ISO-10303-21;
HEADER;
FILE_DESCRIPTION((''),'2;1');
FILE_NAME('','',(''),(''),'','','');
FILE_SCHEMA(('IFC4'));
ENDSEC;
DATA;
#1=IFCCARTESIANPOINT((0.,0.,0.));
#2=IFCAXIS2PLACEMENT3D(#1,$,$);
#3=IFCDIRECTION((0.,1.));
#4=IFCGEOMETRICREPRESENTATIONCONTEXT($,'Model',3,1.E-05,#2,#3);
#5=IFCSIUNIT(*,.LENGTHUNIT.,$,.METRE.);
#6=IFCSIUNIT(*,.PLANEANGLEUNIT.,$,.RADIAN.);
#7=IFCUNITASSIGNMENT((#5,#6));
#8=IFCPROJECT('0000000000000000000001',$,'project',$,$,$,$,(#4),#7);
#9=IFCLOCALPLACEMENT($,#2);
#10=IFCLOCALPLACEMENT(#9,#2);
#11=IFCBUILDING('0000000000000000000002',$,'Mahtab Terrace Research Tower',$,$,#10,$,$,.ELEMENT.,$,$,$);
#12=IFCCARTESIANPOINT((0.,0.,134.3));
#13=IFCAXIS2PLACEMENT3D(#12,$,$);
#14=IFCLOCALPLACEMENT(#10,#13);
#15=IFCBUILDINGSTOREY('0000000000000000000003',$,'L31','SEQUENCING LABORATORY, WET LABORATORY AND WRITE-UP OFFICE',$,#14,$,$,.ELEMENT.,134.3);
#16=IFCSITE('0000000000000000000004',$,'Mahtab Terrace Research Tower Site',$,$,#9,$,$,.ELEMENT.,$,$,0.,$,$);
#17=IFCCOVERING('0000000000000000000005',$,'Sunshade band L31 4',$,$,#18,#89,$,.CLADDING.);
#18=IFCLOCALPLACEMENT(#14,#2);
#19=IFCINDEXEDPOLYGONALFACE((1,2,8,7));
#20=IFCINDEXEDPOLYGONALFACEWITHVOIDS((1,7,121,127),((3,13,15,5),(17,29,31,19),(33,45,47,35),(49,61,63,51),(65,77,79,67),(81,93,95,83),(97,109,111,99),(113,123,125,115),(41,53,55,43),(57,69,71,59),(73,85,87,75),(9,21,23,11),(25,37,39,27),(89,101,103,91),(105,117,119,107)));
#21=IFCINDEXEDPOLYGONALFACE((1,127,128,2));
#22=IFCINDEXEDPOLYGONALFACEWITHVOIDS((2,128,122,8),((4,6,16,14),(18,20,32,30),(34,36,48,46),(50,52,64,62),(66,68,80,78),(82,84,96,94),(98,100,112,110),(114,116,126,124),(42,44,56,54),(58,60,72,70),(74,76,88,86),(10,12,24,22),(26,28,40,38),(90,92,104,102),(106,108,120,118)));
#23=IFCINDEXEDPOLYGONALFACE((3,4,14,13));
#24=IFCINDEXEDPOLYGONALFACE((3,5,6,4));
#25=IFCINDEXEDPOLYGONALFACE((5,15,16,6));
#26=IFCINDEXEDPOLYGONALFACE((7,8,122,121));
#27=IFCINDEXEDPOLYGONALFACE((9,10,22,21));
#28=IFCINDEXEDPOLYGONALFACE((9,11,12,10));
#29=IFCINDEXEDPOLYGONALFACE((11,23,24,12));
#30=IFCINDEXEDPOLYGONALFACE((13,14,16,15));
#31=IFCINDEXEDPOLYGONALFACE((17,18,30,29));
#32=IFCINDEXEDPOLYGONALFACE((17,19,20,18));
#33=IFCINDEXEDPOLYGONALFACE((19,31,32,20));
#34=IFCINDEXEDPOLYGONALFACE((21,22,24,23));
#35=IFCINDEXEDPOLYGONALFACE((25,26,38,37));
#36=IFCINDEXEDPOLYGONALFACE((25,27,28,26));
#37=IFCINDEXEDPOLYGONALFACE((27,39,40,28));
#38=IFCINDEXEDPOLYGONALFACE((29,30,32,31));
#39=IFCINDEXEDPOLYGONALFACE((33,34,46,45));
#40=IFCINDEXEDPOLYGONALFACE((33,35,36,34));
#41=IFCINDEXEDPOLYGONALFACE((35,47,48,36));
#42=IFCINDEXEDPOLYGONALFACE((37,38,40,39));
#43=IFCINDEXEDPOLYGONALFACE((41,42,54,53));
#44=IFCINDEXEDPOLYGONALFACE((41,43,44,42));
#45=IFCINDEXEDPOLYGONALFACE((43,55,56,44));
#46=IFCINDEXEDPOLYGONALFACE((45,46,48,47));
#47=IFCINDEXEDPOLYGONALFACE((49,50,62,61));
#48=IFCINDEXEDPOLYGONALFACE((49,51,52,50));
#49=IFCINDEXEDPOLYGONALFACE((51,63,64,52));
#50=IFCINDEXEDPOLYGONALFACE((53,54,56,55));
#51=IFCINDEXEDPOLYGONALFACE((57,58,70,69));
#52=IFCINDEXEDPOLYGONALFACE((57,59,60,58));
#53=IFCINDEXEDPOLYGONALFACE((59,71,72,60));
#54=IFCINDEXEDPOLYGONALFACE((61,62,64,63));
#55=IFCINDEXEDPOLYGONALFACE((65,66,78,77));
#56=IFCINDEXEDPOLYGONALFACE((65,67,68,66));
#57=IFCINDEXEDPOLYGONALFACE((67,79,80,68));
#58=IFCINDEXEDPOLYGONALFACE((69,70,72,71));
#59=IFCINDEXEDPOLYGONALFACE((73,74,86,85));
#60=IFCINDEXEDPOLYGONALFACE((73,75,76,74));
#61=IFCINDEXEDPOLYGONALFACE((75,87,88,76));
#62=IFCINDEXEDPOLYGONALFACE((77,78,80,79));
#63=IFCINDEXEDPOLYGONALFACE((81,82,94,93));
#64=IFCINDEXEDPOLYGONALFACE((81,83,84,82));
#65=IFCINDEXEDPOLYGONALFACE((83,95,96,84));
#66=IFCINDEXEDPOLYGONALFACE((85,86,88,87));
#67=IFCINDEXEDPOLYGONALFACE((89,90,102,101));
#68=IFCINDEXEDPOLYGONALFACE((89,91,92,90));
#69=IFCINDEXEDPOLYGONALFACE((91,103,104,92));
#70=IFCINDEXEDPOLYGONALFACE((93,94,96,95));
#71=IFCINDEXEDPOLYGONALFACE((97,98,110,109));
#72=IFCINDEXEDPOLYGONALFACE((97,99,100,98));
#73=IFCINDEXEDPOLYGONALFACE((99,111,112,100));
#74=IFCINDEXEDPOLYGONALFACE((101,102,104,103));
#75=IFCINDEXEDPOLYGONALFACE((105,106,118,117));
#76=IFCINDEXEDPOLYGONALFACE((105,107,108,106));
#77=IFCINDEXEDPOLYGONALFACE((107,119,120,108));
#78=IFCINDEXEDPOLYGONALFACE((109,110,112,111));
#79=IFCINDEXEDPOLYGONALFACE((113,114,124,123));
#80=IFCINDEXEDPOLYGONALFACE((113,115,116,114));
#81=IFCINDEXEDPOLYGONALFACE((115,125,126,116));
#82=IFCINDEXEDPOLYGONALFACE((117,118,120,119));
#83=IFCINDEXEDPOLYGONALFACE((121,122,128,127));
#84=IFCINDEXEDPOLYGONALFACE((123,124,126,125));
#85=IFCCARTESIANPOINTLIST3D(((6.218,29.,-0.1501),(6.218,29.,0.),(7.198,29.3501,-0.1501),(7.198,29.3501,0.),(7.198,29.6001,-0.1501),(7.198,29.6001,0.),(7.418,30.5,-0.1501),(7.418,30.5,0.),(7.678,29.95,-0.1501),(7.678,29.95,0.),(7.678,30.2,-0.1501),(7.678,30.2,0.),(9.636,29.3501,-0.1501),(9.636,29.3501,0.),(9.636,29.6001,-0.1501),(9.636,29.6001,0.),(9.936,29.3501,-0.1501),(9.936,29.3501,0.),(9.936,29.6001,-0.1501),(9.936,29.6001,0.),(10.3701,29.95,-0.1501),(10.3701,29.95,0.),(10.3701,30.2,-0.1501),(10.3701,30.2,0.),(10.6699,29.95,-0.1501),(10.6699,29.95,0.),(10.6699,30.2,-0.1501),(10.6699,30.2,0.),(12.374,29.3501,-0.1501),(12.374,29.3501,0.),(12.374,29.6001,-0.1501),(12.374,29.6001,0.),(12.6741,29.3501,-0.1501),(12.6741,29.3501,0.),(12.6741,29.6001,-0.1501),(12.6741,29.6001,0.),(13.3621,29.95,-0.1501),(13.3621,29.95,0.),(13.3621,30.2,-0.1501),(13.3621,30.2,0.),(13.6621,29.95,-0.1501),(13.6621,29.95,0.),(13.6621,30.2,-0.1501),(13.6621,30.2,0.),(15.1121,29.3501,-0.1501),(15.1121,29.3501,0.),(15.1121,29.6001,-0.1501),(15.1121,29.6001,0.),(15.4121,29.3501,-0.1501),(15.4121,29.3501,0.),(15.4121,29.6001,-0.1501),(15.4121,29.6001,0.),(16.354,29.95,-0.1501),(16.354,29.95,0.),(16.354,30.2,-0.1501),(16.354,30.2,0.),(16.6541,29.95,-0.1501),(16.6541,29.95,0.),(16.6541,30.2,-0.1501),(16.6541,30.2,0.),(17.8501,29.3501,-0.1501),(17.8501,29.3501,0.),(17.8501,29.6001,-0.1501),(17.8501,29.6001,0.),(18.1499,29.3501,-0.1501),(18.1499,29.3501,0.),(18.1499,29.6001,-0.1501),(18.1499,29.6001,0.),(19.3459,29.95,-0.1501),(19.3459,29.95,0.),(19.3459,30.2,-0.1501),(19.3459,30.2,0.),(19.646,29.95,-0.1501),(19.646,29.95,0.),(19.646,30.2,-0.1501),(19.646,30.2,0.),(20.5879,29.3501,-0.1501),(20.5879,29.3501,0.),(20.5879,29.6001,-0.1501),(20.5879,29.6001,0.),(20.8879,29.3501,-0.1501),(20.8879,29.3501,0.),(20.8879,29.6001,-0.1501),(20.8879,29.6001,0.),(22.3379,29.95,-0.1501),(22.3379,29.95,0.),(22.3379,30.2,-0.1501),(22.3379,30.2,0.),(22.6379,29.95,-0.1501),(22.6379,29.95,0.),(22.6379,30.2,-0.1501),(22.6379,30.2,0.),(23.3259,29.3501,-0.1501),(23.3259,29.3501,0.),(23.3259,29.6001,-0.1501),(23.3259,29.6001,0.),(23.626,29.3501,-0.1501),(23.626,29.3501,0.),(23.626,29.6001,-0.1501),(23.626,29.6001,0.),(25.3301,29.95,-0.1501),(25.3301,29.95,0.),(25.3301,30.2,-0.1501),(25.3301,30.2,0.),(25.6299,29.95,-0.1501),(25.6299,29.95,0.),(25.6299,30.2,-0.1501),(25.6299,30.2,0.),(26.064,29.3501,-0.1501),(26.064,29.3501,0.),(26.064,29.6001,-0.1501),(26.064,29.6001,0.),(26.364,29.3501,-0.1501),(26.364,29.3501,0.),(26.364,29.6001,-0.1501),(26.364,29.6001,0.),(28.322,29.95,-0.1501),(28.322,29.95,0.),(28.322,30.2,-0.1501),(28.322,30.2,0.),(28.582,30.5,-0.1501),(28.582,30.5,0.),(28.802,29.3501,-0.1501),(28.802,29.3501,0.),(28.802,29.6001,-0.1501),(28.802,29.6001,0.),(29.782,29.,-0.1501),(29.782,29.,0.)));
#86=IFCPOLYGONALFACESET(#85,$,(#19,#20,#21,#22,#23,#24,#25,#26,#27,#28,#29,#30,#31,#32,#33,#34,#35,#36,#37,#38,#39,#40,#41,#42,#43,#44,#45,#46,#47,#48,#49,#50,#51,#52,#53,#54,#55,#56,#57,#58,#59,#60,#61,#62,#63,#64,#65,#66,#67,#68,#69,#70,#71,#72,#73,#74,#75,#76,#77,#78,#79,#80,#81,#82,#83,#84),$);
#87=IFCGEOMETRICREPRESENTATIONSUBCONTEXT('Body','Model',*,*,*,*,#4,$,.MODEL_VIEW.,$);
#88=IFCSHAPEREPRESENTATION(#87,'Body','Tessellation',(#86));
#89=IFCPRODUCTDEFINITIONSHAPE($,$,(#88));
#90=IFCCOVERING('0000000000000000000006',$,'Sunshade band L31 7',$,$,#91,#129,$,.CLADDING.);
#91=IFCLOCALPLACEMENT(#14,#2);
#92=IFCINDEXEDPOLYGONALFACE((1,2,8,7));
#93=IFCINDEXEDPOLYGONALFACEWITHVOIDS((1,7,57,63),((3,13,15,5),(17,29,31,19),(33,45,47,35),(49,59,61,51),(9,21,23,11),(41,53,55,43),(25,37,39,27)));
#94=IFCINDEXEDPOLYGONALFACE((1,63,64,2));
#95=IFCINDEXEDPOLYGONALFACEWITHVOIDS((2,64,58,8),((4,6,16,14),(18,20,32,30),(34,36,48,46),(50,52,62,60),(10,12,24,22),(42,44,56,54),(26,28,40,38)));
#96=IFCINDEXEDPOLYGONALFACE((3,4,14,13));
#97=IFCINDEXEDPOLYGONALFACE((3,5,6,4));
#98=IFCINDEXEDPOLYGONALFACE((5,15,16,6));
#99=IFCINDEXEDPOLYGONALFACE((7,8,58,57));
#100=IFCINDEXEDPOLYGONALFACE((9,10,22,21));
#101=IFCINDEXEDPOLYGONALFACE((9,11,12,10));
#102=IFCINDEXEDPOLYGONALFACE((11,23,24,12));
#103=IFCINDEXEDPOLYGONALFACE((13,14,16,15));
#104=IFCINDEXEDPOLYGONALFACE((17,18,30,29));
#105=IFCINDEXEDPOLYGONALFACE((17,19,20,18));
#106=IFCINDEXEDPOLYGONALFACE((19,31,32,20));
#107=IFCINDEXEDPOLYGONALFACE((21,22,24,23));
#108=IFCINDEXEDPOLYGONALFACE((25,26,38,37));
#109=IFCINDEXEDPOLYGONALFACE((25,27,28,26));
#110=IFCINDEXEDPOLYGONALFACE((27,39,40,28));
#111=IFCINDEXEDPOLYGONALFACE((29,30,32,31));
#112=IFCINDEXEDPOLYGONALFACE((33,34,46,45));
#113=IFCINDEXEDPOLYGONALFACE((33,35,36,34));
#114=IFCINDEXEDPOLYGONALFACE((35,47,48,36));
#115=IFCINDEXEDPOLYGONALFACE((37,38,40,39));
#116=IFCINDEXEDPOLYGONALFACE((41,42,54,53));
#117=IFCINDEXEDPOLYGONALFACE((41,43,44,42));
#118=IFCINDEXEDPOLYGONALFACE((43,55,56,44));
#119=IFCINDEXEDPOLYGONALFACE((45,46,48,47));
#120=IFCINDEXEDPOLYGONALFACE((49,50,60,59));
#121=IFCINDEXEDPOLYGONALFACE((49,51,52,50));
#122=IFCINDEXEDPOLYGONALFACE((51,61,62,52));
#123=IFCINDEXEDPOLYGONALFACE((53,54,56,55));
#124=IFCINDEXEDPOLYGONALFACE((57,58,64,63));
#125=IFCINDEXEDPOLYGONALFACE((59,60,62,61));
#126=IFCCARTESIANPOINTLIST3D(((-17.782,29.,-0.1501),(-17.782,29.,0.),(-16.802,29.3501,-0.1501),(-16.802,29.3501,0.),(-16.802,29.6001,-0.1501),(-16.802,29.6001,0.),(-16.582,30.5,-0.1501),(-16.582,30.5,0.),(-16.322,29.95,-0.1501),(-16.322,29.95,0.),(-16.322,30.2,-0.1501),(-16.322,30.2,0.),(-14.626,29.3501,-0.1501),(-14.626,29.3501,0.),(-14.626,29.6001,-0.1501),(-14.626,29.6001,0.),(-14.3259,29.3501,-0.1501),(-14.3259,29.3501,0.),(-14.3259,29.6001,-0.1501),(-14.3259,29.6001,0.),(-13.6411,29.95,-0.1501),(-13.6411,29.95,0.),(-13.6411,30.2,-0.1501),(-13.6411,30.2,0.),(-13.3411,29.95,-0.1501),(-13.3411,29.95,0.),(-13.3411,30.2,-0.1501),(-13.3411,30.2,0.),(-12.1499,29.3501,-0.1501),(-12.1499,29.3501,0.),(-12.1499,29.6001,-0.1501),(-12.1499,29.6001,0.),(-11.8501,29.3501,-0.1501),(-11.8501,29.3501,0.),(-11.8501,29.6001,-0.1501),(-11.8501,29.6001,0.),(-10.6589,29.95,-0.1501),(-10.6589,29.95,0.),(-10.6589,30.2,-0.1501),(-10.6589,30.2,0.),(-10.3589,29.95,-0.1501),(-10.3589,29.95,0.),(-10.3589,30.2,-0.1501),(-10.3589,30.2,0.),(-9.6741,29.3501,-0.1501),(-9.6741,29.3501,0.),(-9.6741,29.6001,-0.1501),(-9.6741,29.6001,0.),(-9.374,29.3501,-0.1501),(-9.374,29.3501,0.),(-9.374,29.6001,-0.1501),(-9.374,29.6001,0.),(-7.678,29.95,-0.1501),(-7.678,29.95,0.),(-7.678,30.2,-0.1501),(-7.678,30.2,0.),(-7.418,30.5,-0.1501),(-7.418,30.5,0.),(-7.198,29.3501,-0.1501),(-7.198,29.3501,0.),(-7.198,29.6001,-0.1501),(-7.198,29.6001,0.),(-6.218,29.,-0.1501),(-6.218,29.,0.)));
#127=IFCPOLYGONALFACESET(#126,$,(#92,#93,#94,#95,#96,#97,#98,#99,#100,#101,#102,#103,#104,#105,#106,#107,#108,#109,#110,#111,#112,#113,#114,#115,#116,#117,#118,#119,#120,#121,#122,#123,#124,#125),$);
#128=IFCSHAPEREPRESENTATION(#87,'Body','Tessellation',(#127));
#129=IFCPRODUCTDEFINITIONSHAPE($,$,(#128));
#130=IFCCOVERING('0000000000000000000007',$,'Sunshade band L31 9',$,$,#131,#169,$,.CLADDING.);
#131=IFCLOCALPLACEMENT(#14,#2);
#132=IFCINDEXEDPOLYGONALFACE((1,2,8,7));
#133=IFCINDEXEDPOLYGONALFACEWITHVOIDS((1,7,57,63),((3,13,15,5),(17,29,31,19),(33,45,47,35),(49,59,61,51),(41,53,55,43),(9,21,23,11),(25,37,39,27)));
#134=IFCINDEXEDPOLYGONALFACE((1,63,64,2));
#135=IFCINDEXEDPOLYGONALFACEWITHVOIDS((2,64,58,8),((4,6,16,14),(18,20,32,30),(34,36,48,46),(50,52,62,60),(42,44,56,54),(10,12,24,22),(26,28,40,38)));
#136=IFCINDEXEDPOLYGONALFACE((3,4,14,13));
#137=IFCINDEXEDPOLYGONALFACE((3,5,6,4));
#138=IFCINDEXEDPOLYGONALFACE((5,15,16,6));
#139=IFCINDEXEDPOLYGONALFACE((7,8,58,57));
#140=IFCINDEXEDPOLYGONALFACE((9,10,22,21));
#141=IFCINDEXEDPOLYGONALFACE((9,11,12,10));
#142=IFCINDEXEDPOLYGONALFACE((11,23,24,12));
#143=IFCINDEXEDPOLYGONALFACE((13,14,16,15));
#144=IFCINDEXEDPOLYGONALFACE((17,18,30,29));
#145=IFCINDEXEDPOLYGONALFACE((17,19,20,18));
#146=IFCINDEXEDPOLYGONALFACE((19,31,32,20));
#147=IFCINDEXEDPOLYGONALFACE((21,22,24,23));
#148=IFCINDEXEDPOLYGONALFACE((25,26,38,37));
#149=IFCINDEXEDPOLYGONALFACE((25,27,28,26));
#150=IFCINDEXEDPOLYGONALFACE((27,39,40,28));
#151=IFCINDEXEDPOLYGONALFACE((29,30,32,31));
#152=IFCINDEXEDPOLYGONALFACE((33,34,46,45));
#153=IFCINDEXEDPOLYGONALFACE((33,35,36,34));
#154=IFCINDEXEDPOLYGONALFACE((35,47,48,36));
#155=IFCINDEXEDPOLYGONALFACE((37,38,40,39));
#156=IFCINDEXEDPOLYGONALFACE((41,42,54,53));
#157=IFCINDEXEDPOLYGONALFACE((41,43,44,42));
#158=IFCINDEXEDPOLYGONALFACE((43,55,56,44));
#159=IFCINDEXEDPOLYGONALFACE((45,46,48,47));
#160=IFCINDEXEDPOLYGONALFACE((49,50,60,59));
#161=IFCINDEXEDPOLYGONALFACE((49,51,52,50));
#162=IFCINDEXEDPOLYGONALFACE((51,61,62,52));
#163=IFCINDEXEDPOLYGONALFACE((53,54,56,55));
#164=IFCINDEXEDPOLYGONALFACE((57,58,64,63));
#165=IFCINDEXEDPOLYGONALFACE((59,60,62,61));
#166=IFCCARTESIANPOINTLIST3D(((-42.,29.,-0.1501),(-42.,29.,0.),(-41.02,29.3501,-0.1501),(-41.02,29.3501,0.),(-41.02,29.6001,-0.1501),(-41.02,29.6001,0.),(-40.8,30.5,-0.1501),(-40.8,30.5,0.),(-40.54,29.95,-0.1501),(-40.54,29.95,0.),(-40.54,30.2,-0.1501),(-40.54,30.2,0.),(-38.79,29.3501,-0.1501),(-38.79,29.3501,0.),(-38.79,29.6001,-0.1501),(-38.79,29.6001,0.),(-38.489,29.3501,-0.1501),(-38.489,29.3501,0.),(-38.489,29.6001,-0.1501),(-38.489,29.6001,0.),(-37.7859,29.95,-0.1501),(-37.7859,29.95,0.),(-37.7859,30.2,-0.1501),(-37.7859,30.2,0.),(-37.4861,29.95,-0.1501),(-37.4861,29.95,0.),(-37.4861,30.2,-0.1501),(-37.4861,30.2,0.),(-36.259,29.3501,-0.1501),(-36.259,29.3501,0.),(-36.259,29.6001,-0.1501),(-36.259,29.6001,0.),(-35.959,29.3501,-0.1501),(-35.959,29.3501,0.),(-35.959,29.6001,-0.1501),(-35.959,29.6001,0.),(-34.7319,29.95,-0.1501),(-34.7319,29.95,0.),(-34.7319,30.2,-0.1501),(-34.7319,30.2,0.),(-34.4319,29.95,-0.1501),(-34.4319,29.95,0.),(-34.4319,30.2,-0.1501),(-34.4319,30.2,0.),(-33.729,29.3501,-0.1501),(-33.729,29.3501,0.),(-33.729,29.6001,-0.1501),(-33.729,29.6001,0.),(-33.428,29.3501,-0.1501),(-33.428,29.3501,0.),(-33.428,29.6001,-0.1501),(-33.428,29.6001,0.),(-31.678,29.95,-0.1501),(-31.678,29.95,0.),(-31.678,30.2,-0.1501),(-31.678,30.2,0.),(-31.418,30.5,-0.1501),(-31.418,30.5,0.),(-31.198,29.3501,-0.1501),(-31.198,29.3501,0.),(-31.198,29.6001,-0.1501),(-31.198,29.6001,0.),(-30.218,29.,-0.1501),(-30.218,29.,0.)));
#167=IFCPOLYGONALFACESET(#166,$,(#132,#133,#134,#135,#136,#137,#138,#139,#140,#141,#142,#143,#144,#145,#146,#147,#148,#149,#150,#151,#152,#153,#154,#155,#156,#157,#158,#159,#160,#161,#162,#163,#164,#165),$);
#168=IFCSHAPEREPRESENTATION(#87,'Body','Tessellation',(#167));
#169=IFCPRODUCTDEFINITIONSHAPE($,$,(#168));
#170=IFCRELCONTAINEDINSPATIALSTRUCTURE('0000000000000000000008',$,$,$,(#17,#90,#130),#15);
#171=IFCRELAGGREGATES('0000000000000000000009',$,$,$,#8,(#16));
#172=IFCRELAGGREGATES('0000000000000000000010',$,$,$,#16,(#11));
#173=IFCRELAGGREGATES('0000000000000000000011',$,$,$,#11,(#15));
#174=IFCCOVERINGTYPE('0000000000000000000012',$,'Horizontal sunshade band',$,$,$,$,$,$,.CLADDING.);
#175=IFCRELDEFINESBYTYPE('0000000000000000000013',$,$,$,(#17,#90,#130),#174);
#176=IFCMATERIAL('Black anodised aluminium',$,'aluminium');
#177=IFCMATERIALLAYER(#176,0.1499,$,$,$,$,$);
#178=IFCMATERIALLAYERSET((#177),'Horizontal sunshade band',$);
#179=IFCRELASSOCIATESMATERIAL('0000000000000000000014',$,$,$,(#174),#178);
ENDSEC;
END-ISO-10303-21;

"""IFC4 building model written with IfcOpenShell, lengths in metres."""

from ifc_helpers import new_model, si_unit, direction, frame, origin, place, context, subcontext, project, spatial, polyline, outline, extrude, material, layer, layer_set, type_object, element, save


model = new_model("IFC4")

# Units and contexts
model_context = context("Model", 3, precision=1e-05, world=origin(), true_north=direction((0.0, 1.0)))
body_context = subcontext(model_context, "Body", "Model", "MODEL_VIEW")
ifc_project = project(units=[si_unit("LENGTHUNIT", "METRE"), si_unit("PLANEANGLEUNIT", "RADIAN")], contexts=[model_context])

# Site, building, storey
site_placement = place(None, origin())
site = spatial("IfcSite", under=ifc_project, at=site_placement, Name="Mahtab Terrace Research Tower Site", CompositionType="ELEMENT", RefElevation=0.0)
building_placement = place(site_placement, origin())
building = spatial("IfcBuilding", under=site, at=building_placement, Name="Mahtab Terrace Research Tower", CompositionType="ELEMENT")
storey_placement = place(building_placement, frame((0.0, 0.0, 134.3)))
storey = spatial("IfcBuildingStorey", under=building, at=storey_placement, Name="L31", Description="SEQUENCING LABORATORY, WET LABORATORY AND WRITE-UP OFFICE", CompositionType="ELEMENT", Elevation=134.3)

# Coverings
ifc_material_1 = material(Name="Black anodised aluminium", Category="aluminium")
ifc_layer_1 = layer(ifc_material_1, 0.1499)
ifc_layer_set_1 = layer_set([ifc_layer_1], Name="Horizontal sunshade band")
covering_type = type_object("IfcCoveringType", Name="Horizontal sunshade band", PredefinedType="CLADDING", material=ifc_layer_set_1)
covering_1_placement = place(storey_placement, frame((0.0, 0.0, -0.1501)))
element("IfcCovering", 1, at=covering_1_placement, inside=storey, type_object=covering_type, Name="Sunshade band L31 4", PredefinedType="CLADDING", context=body_context, shape_type="SweptSolid", body=[
    extrude(outline(polyline([(29.782, 29.0), (6.218, 29.0), (7.418, 30.5), (28.582, 30.5), (29.782, 29.0)]), holes=[polyline([(28.802, 29.3501), (26.364, 29.3501), (26.364, 29.6001), (28.802, 29.6001), (28.802, 29.3501)]), polyline([(26.064, 29.3501), (23.626, 29.3501), (23.626, 29.6001), (26.064, 29.6001), (26.064, 29.3501)]), polyline([(23.3259, 29.3501), (20.8879, 29.3501), (20.8879, 29.6001), (23.3259, 29.6001), (23.3259, 29.3501)]), polyline([(20.5879, 29.3501), (18.1499, 29.3501), (18.1499, 29.6001), (20.5879, 29.6001), (20.5879, 29.3501)]), polyline([(17.8501, 29.3501), (15.4121, 29.3501), (15.4121, 29.6001), (17.8501, 29.6001), (17.8501, 29.3501)]), polyline([(15.1121, 29.3501), (12.6741, 29.3501), (12.6741, 29.6001), (15.1121, 29.6001), (15.1121, 29.3501)]), polyline([(12.374, 29.3501), (9.936, 29.3501), (9.936, 29.6001), (12.374, 29.6001), (12.374, 29.3501)]), polyline([(9.636, 29.3501), (7.198, 29.3501), (7.198, 29.6001), (9.636, 29.6001), (9.636, 29.3501)]), polyline([(28.322, 29.95), (25.6299, 29.95), (25.6299, 30.2), (28.322, 30.2), (28.322, 29.95)]), polyline([(25.3301, 29.95), (22.6379, 29.95), (22.6379, 30.2), (25.3301, 30.2), (25.3301, 29.95)]), polyline([(22.3379, 29.95), (19.646, 29.95), (19.646, 30.2), (22.3379, 30.2), (22.3379, 29.95)]), polyline([(19.3459, 29.95), (16.6541, 29.95), (16.6541, 30.2), (19.3459, 30.2), (19.3459, 29.95)]), polyline([(16.354, 29.95), (13.6621, 29.95), (13.6621, 30.2), (16.354, 30.2), (16.354, 29.95)]), polyline([(13.3621, 29.95), (10.6699, 29.95), (10.6699, 30.2), (13.3621, 30.2), (13.3621, 29.95)]), polyline([(10.3701, 29.95), (7.678, 29.95), (7.678, 30.2), (10.3701, 30.2), (10.3701, 29.95)])]), origin(), (0.0, 0.0, 1.0), 0.1501),
])
covering_2_placement = place(storey_placement, frame((0.0, 0.0, -0.1501)))
element("IfcCovering", 2, at=covering_2_placement, inside=storey, type_object=covering_type, Name="Sunshade band L31 7", PredefinedType="CLADDING", context=body_context, shape_type="SweptSolid", body=[
    extrude(outline(polyline([(-6.218, 29.0), (-17.782, 29.0), (-16.582, 30.5), (-7.418, 30.5), (-6.218, 29.0)]), holes=[polyline([(-7.198, 29.3501), (-9.374, 29.3501), (-9.374, 29.6001), (-7.198, 29.6001), (-7.198, 29.3501)]), polyline([(-9.6741, 29.3501), (-11.8501, 29.3501), (-11.8501, 29.6001), (-9.6741, 29.6001), (-9.6741, 29.3501)]), polyline([(-12.1499, 29.3501), (-14.3259, 29.3501), (-14.3259, 29.6001), (-12.1499, 29.6001), (-12.1499, 29.3501)]), polyline([(-14.626, 29.3501), (-16.802, 29.3501), (-16.802, 29.6001), (-14.626, 29.6001), (-14.626, 29.3501)]), polyline([(-7.678, 29.95), (-10.3589, 29.95), (-10.3589, 30.2), (-7.678, 30.2), (-7.678, 29.95)]), polyline([(-10.6589, 29.95), (-13.3411, 29.95), (-13.3411, 30.2), (-10.6589, 30.2), (-10.6589, 29.95)]), polyline([(-13.6411, 29.95), (-16.322, 29.95), (-16.322, 30.2), (-13.6411, 30.2), (-13.6411, 29.95)])]), origin(), (0.0, 0.0, 1.0), 0.1501),
])
covering_3_placement = place(storey_placement, frame((0.0, 0.0, -0.1501)))
element("IfcCovering", 3, at=covering_3_placement, inside=storey, type_object=covering_type, Name="Sunshade band L31 9", PredefinedType="CLADDING", context=body_context, shape_type="SweptSolid", body=[
    extrude(outline(polyline([(-30.218, 29.0), (-42.0, 29.0), (-40.8, 30.5), (-31.418, 30.5), (-30.218, 29.0)]), holes=[polyline([(-31.198, 29.3501), (-33.428, 29.3501), (-33.428, 29.6001), (-31.198, 29.6001), (-31.198, 29.3501)]), polyline([(-33.729, 29.3501), (-35.959, 29.3501), (-35.959, 29.6001), (-33.729, 29.6001), (-33.729, 29.3501)]), polyline([(-36.259, 29.3501), (-38.489, 29.3501), (-38.489, 29.6001), (-36.259, 29.6001), (-36.259, 29.3501)]), polyline([(-38.79, 29.3501), (-41.02, 29.3501), (-41.02, 29.6001), (-38.79, 29.6001), (-38.79, 29.3501)]), polyline([(-31.678, 29.95), (-34.4319, 29.95), (-34.4319, 30.2), (-31.678, 30.2), (-31.678, 29.95)]), polyline([(-34.7319, 29.95), (-37.4861, 29.95), (-37.4861, 30.2), (-34.7319, 30.2), (-34.7319, 29.95)]), polyline([(-37.7859, 29.95), (-40.54, 29.95), (-40.54, 30.2), (-37.7859, 30.2), (-37.7859, 29.95)])]), origin(), (0.0, 0.0, 1.0), 0.1501),
])

save(model, "model.ifc")
